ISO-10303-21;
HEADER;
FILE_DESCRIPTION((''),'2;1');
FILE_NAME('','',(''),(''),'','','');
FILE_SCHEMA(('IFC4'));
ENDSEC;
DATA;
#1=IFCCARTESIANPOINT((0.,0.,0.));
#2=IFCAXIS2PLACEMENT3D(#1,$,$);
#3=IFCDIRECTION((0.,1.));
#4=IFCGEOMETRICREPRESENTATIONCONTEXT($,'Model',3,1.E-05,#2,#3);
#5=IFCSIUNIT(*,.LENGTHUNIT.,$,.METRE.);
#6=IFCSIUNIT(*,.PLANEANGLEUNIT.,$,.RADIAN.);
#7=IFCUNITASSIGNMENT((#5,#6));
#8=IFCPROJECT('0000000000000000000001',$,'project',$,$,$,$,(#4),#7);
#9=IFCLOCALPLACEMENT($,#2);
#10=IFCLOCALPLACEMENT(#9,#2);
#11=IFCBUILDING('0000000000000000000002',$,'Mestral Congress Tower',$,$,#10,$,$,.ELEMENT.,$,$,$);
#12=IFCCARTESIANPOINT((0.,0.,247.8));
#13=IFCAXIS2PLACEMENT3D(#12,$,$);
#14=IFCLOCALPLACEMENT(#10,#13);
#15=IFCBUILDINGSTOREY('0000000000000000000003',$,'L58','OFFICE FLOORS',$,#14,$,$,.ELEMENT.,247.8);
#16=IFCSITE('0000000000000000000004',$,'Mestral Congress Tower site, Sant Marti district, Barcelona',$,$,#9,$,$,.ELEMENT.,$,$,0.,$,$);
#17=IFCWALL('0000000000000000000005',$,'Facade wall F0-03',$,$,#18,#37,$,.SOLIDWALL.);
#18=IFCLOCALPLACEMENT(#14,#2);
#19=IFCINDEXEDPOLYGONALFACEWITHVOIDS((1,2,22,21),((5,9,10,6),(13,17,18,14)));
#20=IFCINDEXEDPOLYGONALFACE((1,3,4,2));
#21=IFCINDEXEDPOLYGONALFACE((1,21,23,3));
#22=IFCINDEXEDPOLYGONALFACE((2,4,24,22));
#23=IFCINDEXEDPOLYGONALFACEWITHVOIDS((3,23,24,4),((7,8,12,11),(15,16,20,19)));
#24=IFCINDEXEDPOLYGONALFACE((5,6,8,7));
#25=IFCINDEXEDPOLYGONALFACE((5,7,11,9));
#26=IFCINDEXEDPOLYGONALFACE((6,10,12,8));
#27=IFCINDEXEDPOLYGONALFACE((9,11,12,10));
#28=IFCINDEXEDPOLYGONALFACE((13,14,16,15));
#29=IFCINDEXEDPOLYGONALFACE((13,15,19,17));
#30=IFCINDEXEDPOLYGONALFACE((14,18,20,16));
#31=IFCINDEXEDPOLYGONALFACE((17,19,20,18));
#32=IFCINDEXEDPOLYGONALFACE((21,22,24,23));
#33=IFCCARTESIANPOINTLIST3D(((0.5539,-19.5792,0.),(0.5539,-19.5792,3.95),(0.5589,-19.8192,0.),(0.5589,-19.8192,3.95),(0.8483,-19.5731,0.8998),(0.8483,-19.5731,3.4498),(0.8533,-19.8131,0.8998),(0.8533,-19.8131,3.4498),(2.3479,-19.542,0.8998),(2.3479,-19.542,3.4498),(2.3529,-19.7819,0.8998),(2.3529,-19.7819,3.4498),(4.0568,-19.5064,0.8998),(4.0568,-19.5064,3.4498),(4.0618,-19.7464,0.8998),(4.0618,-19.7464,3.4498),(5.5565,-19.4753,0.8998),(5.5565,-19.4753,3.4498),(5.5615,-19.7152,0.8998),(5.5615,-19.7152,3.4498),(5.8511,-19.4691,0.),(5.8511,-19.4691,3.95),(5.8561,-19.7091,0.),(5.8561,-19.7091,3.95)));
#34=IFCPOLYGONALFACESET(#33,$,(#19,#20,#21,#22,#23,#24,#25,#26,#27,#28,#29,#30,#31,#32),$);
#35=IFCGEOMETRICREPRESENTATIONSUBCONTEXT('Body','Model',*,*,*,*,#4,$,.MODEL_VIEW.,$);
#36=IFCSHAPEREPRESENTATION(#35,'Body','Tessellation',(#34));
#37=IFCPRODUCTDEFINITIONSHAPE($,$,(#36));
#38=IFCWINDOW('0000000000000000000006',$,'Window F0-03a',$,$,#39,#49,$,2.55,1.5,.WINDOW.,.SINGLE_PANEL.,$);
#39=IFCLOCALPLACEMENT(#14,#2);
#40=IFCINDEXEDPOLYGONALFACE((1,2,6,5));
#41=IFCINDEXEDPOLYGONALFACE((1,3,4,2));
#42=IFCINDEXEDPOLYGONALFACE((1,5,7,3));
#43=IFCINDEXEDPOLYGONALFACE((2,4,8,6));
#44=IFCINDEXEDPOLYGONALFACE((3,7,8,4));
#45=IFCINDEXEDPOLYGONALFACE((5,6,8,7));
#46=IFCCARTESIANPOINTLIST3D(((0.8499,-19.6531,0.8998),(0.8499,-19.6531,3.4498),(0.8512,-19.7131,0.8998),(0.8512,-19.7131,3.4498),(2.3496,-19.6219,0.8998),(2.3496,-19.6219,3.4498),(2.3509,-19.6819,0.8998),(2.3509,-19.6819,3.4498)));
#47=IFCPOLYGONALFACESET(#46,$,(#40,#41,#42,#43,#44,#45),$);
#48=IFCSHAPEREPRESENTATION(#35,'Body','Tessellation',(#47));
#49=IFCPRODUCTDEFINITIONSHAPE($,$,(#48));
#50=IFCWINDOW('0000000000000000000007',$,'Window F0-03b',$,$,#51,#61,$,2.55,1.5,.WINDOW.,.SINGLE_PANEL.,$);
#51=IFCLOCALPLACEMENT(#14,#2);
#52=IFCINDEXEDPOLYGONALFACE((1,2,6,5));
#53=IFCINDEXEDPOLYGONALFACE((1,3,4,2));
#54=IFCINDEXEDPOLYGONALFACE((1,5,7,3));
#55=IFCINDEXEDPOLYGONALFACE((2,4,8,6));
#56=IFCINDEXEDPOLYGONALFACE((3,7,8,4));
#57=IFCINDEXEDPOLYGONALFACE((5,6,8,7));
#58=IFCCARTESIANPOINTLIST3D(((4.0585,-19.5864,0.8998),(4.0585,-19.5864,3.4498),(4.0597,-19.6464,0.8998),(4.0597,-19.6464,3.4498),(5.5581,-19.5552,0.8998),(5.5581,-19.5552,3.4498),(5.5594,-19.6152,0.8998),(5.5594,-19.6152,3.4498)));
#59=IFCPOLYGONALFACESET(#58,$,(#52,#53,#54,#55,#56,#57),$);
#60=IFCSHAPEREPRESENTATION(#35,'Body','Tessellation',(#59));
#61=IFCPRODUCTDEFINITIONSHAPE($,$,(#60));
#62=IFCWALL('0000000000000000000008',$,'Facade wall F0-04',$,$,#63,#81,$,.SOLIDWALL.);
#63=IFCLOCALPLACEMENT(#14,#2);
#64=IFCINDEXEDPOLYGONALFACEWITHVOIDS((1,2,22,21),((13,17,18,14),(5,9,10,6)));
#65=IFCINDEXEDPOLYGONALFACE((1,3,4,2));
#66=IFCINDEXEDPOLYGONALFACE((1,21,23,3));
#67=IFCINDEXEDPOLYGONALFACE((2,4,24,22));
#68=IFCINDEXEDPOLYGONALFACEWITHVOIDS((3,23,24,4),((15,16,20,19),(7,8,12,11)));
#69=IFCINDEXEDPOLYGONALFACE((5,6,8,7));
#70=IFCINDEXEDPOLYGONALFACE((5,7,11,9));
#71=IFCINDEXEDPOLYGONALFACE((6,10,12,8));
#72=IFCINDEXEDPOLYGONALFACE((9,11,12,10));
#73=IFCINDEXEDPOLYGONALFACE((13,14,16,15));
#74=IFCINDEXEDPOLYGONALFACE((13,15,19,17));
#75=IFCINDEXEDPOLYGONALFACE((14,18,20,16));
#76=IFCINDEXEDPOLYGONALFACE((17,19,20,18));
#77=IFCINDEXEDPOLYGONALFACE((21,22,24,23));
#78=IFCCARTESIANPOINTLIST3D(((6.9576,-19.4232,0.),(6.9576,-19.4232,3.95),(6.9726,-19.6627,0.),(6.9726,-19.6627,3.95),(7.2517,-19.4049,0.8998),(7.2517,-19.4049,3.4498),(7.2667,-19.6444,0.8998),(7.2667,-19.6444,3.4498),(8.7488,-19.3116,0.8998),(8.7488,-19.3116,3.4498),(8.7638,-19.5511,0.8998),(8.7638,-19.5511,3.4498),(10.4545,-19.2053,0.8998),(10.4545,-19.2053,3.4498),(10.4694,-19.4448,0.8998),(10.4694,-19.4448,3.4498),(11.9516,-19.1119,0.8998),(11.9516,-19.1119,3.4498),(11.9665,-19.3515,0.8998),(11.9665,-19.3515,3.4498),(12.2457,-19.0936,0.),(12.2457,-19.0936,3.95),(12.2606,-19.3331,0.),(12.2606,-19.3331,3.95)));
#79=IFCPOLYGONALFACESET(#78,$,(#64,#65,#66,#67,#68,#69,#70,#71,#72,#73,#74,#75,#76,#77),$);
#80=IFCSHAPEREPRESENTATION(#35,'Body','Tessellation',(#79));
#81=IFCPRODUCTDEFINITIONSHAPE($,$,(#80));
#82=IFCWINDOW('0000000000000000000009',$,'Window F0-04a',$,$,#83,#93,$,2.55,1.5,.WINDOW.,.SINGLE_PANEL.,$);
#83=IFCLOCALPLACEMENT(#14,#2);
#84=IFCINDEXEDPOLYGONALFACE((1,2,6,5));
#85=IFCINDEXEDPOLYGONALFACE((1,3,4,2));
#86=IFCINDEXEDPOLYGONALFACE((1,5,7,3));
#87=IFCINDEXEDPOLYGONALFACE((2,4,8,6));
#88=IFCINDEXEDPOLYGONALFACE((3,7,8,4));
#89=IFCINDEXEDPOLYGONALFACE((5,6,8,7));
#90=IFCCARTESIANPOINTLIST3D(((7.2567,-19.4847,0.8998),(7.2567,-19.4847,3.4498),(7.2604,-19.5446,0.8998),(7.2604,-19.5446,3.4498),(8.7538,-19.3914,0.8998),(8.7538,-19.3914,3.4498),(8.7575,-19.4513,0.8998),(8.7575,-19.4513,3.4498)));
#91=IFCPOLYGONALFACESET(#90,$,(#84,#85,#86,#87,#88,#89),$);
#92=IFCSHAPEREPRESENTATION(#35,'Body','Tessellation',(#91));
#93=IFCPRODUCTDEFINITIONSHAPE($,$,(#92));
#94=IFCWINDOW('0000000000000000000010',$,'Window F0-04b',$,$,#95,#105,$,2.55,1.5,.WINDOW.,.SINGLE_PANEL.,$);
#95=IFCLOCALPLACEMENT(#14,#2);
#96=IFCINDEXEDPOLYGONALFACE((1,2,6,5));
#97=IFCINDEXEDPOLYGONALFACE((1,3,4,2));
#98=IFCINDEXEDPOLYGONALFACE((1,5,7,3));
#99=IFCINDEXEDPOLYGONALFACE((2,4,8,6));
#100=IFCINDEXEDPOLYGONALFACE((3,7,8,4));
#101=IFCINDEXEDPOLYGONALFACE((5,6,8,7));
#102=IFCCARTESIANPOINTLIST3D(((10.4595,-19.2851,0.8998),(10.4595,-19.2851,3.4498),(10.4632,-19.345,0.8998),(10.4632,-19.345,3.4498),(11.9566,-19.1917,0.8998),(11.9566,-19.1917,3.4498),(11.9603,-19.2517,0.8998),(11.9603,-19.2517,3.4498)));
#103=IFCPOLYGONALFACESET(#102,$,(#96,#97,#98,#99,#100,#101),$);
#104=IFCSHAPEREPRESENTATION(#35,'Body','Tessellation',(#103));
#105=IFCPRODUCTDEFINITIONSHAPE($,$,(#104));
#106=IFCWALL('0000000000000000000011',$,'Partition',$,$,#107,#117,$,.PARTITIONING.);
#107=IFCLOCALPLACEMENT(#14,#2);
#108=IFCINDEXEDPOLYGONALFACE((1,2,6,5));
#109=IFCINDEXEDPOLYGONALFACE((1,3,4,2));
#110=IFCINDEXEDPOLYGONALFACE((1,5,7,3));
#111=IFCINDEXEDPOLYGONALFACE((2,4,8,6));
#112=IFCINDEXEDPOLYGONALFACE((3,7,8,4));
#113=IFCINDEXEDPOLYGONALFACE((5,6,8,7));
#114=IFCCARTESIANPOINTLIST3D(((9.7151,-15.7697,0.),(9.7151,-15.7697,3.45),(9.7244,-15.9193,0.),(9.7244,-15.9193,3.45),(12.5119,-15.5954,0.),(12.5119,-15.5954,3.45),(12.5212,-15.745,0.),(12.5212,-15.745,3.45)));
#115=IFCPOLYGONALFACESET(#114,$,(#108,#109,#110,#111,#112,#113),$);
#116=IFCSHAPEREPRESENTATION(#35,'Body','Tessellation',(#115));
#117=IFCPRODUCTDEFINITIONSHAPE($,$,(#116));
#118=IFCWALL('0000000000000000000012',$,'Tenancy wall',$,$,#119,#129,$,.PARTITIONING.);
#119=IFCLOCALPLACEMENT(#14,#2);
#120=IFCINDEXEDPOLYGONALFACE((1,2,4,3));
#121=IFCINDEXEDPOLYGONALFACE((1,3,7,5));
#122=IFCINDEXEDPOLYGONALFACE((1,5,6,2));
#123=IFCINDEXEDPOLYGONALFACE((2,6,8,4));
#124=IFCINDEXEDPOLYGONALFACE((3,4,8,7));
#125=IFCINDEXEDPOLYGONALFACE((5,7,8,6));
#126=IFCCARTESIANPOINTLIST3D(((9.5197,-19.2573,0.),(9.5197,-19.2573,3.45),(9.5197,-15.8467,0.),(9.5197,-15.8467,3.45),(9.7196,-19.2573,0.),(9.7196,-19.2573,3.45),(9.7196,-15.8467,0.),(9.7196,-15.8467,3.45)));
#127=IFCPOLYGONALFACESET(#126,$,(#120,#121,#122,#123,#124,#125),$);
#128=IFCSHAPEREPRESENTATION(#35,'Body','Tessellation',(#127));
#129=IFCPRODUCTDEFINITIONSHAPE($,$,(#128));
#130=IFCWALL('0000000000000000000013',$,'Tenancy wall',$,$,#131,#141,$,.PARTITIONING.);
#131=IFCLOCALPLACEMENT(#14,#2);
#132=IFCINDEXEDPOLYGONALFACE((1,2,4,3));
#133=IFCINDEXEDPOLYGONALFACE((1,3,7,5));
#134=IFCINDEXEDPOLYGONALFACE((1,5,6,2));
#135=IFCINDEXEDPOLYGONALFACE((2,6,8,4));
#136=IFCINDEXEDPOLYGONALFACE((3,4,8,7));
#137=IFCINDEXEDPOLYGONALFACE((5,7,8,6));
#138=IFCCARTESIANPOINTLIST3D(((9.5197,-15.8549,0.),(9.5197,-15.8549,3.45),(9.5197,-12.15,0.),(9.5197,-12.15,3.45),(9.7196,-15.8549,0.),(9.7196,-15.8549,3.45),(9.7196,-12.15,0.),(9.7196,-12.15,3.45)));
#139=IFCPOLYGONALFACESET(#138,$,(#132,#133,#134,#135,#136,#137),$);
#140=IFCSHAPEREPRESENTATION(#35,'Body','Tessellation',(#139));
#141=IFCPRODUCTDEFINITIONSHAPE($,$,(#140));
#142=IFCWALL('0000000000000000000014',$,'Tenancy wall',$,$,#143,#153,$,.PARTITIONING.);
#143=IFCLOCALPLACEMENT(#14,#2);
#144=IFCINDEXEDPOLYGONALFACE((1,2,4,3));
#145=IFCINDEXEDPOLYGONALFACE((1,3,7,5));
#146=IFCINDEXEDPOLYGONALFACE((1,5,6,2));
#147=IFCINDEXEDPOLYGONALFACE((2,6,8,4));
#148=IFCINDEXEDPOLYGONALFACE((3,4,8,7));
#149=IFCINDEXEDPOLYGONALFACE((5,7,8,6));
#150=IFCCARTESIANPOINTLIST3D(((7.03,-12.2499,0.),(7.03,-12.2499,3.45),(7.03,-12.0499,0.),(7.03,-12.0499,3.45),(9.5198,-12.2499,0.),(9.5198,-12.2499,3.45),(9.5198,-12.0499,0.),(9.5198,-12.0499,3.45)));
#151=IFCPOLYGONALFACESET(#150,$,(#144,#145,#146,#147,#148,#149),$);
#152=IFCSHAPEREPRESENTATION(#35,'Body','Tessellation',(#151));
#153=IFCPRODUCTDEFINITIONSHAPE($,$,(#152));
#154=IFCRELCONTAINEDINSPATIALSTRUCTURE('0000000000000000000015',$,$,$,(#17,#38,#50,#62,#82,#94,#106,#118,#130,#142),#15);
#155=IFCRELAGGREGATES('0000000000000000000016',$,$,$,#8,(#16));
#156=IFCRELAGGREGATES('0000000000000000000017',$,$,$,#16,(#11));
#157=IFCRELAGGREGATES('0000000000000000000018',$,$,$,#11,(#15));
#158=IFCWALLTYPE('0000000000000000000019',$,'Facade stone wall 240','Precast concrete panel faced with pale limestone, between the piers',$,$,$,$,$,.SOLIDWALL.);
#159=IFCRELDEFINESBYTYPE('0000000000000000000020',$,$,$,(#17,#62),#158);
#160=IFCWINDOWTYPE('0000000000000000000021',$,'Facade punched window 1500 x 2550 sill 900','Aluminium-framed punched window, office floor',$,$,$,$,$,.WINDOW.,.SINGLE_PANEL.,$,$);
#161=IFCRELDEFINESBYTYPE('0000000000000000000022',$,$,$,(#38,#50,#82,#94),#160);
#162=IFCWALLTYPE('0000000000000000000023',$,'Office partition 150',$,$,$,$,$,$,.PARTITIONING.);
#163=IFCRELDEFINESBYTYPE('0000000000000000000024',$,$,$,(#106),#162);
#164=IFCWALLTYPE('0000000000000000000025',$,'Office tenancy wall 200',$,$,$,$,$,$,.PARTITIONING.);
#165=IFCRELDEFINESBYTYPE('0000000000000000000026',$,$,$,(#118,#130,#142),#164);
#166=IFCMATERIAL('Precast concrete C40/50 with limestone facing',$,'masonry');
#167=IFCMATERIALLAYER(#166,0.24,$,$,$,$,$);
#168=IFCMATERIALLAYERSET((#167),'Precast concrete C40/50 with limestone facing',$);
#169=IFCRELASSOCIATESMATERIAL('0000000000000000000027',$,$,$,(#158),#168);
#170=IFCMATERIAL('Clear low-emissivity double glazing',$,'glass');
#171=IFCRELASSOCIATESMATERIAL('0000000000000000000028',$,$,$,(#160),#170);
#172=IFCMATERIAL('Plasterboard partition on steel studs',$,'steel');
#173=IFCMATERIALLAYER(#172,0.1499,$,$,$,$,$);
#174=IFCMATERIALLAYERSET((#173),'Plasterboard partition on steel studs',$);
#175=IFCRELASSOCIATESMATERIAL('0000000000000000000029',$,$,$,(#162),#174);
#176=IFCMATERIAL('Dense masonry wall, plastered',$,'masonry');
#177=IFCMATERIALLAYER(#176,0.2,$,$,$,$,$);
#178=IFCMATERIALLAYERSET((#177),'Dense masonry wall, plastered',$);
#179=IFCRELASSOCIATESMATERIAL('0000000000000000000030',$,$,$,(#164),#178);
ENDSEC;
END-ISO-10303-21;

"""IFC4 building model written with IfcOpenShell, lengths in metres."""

from ifc_helpers import new_model, si_unit, direction, frame, frame_2d, origin, place, context, subcontext, project, spatial, rectangle, extrude, material, layer, layer_set, type_object, element, fill, save


model = new_model("IFC4")

# Units and contexts
model_context = context("Model", 3, precision=1e-05, world=origin(), true_north=direction((0.0, 1.0)))
body_context = subcontext(model_context, "Body", "Model", "MODEL_VIEW")
ifc_project = project(units=[si_unit("LENGTHUNIT", "METRE"), si_unit("PLANEANGLEUNIT", "RADIAN")], contexts=[model_context])

# Site, building, storey
site_placement = place(None, origin())
site = spatial("IfcSite", under=ifc_project, at=site_placement, Name="Mestral Congress Tower site, Sant Marti district, Barcelona", CompositionType="ELEMENT", RefElevation=0.0)
building_placement = place(site_placement, origin())
building = spatial("IfcBuilding", under=site, at=building_placement, Name="Mestral Congress Tower", CompositionType="ELEMENT")
storey_placement = place(building_placement, frame((0.0, 0.0, 247.8)))
storey = spatial("IfcBuildingStorey", under=building, at=storey_placement, Name="L58", Description="OFFICE FLOORS", CompositionType="ELEMENT", Elevation=247.8)

# Walls, openings, windows
ifc_material_1 = material(Name="Precast concrete C40/50 with limestone facing", Category="masonry")
ifc_layer_1 = layer(ifc_material_1, 0.24)
ifc_layer_set_1 = layer_set([ifc_layer_1], Name="Precast concrete C40/50 with limestone facing")
wall_type_1 = type_object("IfcWallType", Name="Facade stone wall 240", Description="Precast concrete panel faced with pale limestone, between the piers", PredefinedType="SOLIDWALL", material=ifc_layer_set_1)
wall_1_placement = place(storey_placement, frame((0.5564, -19.6992, 0.0), z_axis=(0.0, 0.0, 1.0), x_axis=(0.999784, 0.020782, 0.0)))
wall_1 = element("IfcWall", 1, at=wall_1_placement, inside=storey, type_object=wall_type_1, Name="Facade wall F0-03", PredefinedType="SOLIDWALL", context=body_context, shape_type="SweptSolid", body=[
    extrude(rectangle(XDim=5.2983, YDim=0.24, at=frame_2d((2.6492, 0.0))), origin(), (0.0, 0.0, 1.0), 3.95),
])
opening_1_placement = place(wall_1_placement, frame((0.2944, 0.0, 0.8999)))
opening_1 = element("IfcOpeningElement", 2, at=opening_1_placement, cuts=wall_1, PredefinedType="OPENING", context=body_context, shape_type="SweptSolid", body=[
    extrude(rectangle(XDim=1.5, YDim=2.55, at=frame_2d((0.75, 1.2749))), frame((0.0, 0.1299, 0.0), z_axis=(0.0, -1.0, 0.0), x_axis=(1.0, 0.0, 0.0)), (0.0, 0.0, 1.0), 0.26),
])
opening_2_placement = place(wall_1_placement, frame((3.5037, 0.0, 0.8999)))
opening_2 = element("IfcOpeningElement", 3, at=opening_2_placement, cuts=wall_1, PredefinedType="OPENING", context=body_context, shape_type="SweptSolid", body=[
    extrude(rectangle(XDim=1.5, YDim=2.55, at=frame_2d((0.75, 1.2749))), frame((0.0, 0.1299, 0.0), z_axis=(0.0, -1.0, 0.0), x_axis=(1.0, 0.0, 0.0)), (0.0, 0.0, 1.0), 0.26),
])
ifc_material_2 = material(Name="Clear low-emissivity double glazing", Category="glass")
window_type = type_object("IfcWindowType", Name="Facade punched window 1500 x 2550 sill 900", Description="Aluminium-framed punched window, office floor", PartitioningType="SINGLE_PANEL", PredefinedType="WINDOW", material=ifc_material_2)
window_1_placement = place(opening_1_placement, origin())
window_1 = element("IfcWindow", 4, at=window_1_placement, inside=storey, type_object=window_type, Name="Window F0-03a", OverallHeight=2.55, OverallWidth=1.5, PartitioningType="SINGLE_PANEL", PredefinedType="WINDOW", context=body_context, shape_type="SweptSolid", body=[
    extrude(rectangle(XDim=1.5, YDim=2.55, at=frame_2d((0.75, 1.2749))), frame((0.0, 0.04, 0.0), z_axis=(0.0, -1.0, 0.0), x_axis=(1.0, 0.0, 0.0)), (0.0, 0.0, 1.0), 0.0601),
])
fill(opening_1, window_1)
window_2_placement = place(opening_2_placement, origin())
window_2 = element("IfcWindow", 5, at=window_2_placement, inside=storey, type_object=window_type, Name="Window F0-03b", OverallHeight=2.55, OverallWidth=1.5, PartitioningType="SINGLE_PANEL", PredefinedType="WINDOW", context=body_context, shape_type="SweptSolid", body=[
    extrude(rectangle(XDim=1.5, YDim=2.55, at=frame_2d((0.75, 1.2749))), frame((0.0, 0.04, 0.0), z_axis=(0.0, -1.0, 0.0), x_axis=(1.0, 0.0, 0.0)), (0.0, 0.0, 1.0), 0.0601),
])
fill(opening_2, window_2)
wall_2_placement = place(storey_placement, frame((6.9651, -19.543, 0.0), z_axis=(0.0, 0.0, 1.0), x_axis=(0.998063, 0.062206, 0.0)))
wall_2 = element("IfcWall", 6, at=wall_2_placement, inside=storey, type_object=wall_type_1, Name="Facade wall F0-04", PredefinedType="SOLIDWALL", context=body_context, shape_type="SweptSolid", body=[
    extrude(rectangle(XDim=5.2983, YDim=0.24, at=frame_2d((2.6492, 0.0))), origin(), (0.0, 0.0, 1.0), 3.95),
])
opening_3_placement = place(wall_2_placement, frame((0.2947, 0.0, 0.8999)))
opening_3 = element("IfcOpeningElement", 7, at=opening_3_placement, cuts=wall_2, PredefinedType="OPENING", context=body_context, shape_type="SweptSolid", body=[
    extrude(rectangle(XDim=1.5, YDim=2.55, at=frame_2d((0.75, 1.2749))), frame((0.0, 0.1299, 0.0), z_axis=(0.0, -1.0, 0.0), x_axis=(1.0, 0.0, 0.0)), (0.0, 0.0, 1.0), 0.26),
])
opening_4_placement = place(wall_2_placement, frame((3.5037, 0.0, 0.8999)))
opening_4 = element("IfcOpeningElement", 8, at=opening_4_placement, cuts=wall_2, PredefinedType="OPENING", context=body_context, shape_type="SweptSolid", body=[
    extrude(rectangle(XDim=1.5, YDim=2.55, at=frame_2d((0.75, 1.2749))), frame((0.0, 0.1299, 0.0), z_axis=(0.0, -1.0, 0.0), x_axis=(1.0, 0.0, 0.0)), (0.0, 0.0, 1.0), 0.26),
])
window_3_placement = place(opening_3_placement, origin())
window_3 = element("IfcWindow", 9, at=window_3_placement, inside=storey, type_object=window_type, Name="Window F0-04a", OverallHeight=2.55, OverallWidth=1.5, PartitioningType="SINGLE_PANEL", PredefinedType="WINDOW", context=body_context, shape_type="SweptSolid", body=[
    extrude(rectangle(XDim=1.5, YDim=2.55, at=frame_2d((0.75, 1.2749))), frame((0.0, 0.04, 0.0), z_axis=(0.0, -1.0, 0.0), x_axis=(1.0, 0.0, 0.0)), (0.0, 0.0, 1.0), 0.0601),
])
fill(opening_3, window_3)
window_4_placement = place(opening_4_placement, origin())
window_4 = element("IfcWindow", 10, at=window_4_placement, inside=storey, type_object=window_type, Name="Window F0-04b", OverallHeight=2.55, OverallWidth=1.5, PartitioningType="SINGLE_PANEL", PredefinedType="WINDOW", context=body_context, shape_type="SweptSolid", body=[
    extrude(rectangle(XDim=1.5, YDim=2.55, at=frame_2d((0.75, 1.2749))), frame((0.0, 0.04, 0.0), z_axis=(0.0, -1.0, 0.0), x_axis=(1.0, 0.0, 0.0)), (0.0, 0.0, 1.0), 0.0601),
])
fill(opening_4, window_4)

# Walls
ifc_material_3 = material(Name="Plasterboard partition on steel studs", Category="steel")
ifc_layer_2 = layer(ifc_material_3, 0.1499)
ifc_layer_set_2 = layer_set([ifc_layer_2], Name="Plasterboard partition on steel studs")
wall_type_2 = type_object("IfcWallType", Name="Office partition 150", PredefinedType="PARTITIONING", material=ifc_layer_set_2)
wall_3_placement = place(storey_placement, frame((9.7197, -15.8445, 0.0), z_axis=(0.0, 0.0, 1.0), x_axis=(0.998063, 0.062205, 0.0)))
element("IfcWall", 11, at=wall_3_placement, inside=storey, type_object=wall_type_2, Name="Partition", PredefinedType="PARTITIONING", context=body_context, shape_type="SweptSolid", body=[
    extrude(rectangle(XDim=2.8022, YDim=0.1499, at=frame_2d((1.4011, 0.0))), origin(), (0.0, 0.0, 1.0), 3.45),
])
ifc_material_4 = material(Name="Dense masonry wall, plastered", Category="masonry")
ifc_layer_3 = layer(ifc_material_4, 0.2)
ifc_layer_set_3 = layer_set([ifc_layer_3], Name="Dense masonry wall, plastered")
wall_type_3 = type_object("IfcWallType", Name="Office tenancy wall 200", PredefinedType="PARTITIONING", material=ifc_layer_set_3)
wall_4_placement = place(storey_placement, frame((9.6196, -15.8467, 0.0), z_axis=(0.0, 0.0, 1.0), x_axis=(0.0, -1.0, 0.0)))
element("IfcWall", 12, at=wall_4_placement, inside=storey, type_object=wall_type_3, Name="Tenancy wall", PredefinedType="PARTITIONING", context=body_context, shape_type="SweptSolid", body=[
    extrude(rectangle(XDim=3.4106, YDim=0.2, at=frame_2d((1.7053, 0.0))), origin(), (0.0, 0.0, 1.0), 3.45),
])
wall_5_placement = place(storey_placement, frame((9.6196, -12.1499, 0.0), z_axis=(0.0, 0.0, 1.0), x_axis=(0.0, -1.0, 0.0)))
element("IfcWall", 13, at=wall_5_placement, inside=storey, type_object=wall_type_3, Name="Tenancy wall", PredefinedType="PARTITIONING", context=body_context, shape_type="SweptSolid", body=[
    extrude(rectangle(XDim=3.7048, YDim=0.2, at=frame_2d((1.8525, 0.0))), origin(), (0.0, 0.0, 1.0), 3.45),
])
wall_6_placement = place(storey_placement, frame((7.03, -12.1499, 0.0), z_axis=(0.0, 0.0, 1.0), x_axis=(1.0, 0.0, 0.0)))
element("IfcWall", 14, at=wall_6_placement, inside=storey, type_object=wall_type_3, Name="Tenancy wall", PredefinedType="PARTITIONING", context=body_context, shape_type="SweptSolid", body=[
    extrude(rectangle(XDim=2.4897, YDim=0.2, at=frame_2d((1.2449, 0.0))), origin(), (0.0, 0.0, 1.0), 3.45),
])

save(model, "model.ifc")
